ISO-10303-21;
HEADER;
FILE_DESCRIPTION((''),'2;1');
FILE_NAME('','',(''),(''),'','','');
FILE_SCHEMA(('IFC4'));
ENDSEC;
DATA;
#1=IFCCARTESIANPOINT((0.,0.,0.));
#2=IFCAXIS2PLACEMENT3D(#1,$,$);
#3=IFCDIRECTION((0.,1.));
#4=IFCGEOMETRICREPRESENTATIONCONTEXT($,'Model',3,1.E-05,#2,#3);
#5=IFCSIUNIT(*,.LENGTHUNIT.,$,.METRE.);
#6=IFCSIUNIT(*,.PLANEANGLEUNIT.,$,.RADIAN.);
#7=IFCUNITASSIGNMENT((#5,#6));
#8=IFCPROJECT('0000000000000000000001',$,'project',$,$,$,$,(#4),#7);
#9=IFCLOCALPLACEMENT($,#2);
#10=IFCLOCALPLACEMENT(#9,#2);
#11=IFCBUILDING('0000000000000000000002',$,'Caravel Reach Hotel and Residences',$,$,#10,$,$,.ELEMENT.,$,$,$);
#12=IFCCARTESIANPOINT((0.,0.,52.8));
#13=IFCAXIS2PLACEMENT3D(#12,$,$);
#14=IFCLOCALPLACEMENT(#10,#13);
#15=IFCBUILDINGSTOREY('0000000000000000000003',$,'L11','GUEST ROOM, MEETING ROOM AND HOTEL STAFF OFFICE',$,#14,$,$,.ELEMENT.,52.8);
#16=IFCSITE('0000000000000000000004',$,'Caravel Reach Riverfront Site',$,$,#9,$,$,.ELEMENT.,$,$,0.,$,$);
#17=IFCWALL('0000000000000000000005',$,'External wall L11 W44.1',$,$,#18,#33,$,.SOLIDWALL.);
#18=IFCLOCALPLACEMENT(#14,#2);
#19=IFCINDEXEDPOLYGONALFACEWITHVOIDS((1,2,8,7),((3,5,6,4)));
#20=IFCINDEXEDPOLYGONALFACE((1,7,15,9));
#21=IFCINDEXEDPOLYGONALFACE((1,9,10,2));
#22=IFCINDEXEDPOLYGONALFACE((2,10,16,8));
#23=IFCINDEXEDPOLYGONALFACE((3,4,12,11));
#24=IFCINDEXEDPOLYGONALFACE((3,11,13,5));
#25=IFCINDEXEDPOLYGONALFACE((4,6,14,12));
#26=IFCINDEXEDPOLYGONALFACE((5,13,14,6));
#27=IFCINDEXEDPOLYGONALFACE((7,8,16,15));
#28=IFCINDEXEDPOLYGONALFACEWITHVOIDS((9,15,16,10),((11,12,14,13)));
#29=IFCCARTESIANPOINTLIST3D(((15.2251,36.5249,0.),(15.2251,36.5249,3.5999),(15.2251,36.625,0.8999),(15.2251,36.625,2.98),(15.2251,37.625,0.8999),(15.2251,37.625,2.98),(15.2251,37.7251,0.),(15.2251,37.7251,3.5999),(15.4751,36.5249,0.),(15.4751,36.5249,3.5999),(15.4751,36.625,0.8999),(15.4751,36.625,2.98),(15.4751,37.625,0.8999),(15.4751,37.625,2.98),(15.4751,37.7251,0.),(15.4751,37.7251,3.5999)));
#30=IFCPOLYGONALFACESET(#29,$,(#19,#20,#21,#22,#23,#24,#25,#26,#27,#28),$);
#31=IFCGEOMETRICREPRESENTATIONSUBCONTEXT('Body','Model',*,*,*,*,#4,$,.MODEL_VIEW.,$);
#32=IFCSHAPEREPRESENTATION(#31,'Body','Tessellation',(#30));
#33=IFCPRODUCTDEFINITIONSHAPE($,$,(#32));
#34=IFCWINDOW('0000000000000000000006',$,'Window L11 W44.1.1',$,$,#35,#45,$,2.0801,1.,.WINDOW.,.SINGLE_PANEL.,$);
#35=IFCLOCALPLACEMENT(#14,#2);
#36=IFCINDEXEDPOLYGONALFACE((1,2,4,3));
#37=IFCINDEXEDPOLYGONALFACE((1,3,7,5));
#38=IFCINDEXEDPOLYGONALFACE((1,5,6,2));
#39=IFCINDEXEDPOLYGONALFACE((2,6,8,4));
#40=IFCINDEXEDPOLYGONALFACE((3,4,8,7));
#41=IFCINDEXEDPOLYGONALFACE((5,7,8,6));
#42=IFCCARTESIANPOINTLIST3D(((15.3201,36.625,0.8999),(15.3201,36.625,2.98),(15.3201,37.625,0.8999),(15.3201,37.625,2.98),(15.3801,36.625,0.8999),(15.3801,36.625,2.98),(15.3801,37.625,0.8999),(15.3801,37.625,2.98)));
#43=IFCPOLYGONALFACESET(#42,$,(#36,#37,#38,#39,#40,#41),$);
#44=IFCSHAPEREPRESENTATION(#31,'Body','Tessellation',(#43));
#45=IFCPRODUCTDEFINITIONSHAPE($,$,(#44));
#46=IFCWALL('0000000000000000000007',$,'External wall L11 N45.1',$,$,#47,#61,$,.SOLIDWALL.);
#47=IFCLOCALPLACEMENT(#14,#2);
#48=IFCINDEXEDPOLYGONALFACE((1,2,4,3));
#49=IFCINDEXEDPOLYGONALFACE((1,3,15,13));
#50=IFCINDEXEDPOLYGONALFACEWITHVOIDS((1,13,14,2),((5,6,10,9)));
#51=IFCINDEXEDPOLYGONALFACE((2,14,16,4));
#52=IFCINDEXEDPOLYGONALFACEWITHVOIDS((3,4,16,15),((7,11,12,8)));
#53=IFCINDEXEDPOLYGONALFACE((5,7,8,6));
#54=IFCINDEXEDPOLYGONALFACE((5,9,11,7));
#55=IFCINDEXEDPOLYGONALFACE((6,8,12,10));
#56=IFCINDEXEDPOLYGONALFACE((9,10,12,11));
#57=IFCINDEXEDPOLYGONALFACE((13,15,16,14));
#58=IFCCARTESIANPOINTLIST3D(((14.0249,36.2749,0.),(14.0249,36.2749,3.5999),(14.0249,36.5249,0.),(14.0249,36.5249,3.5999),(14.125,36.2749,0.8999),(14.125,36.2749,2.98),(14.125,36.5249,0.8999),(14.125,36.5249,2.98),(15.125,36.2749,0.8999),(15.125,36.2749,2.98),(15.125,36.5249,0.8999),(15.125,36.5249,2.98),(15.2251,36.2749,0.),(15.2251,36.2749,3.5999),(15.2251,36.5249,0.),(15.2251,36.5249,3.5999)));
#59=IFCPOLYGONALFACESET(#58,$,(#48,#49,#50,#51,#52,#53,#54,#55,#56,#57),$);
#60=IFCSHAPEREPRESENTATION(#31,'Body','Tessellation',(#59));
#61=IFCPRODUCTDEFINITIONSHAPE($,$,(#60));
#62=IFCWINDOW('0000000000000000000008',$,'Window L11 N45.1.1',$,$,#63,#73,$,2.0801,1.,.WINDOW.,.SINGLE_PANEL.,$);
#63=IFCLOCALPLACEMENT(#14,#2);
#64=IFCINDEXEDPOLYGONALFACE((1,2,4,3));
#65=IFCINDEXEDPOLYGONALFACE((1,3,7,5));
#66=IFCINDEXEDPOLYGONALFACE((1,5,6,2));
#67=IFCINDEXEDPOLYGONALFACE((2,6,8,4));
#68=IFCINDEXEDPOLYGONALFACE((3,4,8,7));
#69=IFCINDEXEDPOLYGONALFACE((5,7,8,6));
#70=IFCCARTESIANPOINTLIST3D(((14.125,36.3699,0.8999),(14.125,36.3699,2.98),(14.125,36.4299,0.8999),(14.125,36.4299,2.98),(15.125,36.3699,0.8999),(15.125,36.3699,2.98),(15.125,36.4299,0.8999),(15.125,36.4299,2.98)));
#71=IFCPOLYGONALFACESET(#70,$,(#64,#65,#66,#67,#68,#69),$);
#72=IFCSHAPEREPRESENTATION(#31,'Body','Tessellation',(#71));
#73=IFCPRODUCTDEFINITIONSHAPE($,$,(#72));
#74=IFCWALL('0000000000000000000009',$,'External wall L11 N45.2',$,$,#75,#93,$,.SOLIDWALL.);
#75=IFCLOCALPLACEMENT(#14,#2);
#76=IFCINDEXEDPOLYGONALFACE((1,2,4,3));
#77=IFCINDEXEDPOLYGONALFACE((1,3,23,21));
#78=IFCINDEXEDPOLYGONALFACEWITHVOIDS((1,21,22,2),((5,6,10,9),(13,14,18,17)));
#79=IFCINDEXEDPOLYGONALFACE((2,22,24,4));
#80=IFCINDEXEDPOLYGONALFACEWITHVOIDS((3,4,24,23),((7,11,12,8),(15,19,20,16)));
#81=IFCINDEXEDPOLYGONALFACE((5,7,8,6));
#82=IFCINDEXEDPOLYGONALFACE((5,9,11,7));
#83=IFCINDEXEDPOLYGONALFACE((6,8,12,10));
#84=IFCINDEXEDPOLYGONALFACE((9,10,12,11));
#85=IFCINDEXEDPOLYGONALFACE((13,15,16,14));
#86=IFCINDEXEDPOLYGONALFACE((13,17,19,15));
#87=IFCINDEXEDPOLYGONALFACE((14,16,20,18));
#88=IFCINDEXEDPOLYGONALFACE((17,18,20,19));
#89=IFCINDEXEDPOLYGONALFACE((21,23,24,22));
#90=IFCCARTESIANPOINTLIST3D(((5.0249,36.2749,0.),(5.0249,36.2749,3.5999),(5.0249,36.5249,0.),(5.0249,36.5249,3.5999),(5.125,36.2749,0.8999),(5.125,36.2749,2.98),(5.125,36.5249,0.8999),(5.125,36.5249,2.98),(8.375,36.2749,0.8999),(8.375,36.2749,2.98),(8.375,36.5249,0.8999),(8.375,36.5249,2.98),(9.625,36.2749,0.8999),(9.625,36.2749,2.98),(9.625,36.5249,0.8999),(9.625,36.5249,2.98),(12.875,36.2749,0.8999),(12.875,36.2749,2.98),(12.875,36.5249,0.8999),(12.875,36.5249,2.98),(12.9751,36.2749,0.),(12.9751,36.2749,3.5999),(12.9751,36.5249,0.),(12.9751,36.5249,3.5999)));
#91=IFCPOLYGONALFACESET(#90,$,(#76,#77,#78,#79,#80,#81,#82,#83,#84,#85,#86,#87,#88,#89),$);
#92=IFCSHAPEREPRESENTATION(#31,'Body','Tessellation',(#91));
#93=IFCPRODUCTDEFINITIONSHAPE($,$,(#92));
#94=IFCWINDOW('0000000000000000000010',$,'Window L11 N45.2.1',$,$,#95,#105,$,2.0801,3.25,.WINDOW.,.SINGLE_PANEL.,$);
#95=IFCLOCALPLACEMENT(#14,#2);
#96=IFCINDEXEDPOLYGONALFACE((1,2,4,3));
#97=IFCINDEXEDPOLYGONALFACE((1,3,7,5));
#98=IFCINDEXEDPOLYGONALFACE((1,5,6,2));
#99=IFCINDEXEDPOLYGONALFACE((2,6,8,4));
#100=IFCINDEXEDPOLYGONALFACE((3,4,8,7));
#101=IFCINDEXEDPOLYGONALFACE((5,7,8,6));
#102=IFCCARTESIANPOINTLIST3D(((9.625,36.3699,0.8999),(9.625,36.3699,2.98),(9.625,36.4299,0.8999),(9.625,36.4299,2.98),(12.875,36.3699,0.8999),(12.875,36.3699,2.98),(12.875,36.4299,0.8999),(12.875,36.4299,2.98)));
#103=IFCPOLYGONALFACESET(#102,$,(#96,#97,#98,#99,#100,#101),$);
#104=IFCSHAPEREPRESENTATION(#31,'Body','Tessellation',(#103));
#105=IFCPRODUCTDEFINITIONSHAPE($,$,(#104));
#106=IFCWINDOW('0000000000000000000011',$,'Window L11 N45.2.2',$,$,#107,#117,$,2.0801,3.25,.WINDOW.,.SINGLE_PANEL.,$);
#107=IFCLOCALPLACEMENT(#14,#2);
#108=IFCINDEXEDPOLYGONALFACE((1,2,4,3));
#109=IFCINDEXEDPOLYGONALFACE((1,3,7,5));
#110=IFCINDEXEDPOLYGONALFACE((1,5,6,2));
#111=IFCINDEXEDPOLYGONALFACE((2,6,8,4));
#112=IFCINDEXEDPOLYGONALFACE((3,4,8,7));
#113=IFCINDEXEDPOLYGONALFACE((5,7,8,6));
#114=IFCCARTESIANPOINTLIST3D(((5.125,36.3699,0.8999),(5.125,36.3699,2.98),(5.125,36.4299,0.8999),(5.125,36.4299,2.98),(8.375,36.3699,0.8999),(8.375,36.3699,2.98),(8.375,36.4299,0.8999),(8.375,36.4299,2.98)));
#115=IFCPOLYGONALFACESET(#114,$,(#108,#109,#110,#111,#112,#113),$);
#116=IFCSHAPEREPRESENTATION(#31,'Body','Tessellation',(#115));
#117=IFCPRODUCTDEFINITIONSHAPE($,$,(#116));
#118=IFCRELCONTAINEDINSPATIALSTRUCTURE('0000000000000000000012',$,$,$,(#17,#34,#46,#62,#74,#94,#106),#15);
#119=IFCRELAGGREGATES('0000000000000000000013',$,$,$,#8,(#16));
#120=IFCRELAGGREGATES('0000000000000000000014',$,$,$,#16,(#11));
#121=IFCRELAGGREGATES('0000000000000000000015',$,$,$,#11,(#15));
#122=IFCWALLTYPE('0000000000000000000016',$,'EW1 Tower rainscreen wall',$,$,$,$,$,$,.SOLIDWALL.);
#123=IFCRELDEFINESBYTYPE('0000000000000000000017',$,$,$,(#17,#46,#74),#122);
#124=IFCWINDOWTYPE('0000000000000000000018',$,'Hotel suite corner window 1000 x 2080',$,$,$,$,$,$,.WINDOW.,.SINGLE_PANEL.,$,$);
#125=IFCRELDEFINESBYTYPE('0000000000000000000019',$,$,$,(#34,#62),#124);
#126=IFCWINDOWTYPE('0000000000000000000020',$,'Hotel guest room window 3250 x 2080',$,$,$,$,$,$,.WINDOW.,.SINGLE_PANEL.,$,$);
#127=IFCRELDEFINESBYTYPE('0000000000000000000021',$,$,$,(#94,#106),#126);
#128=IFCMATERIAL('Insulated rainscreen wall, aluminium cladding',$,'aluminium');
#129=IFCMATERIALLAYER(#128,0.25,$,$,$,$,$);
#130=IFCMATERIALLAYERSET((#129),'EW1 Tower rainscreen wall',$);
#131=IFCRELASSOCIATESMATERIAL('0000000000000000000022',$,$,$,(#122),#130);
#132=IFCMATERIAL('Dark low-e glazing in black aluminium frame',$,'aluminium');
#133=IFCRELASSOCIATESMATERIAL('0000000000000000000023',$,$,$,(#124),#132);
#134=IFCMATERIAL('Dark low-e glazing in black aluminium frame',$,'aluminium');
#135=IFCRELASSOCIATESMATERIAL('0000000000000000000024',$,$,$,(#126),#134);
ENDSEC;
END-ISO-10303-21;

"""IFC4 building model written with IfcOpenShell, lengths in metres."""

from ifc_helpers import new_model, si_unit, direction, frame, frame_2d, origin, place, context, subcontext, project, spatial, rectangle, extrude, material, layer, layer_set, type_object, element, fill, save


model = new_model("IFC4")

# Units and contexts
model_context = context("Model", 3, precision=1e-05, world=origin(), true_north=direction((0.0, 1.0)))
body_context = subcontext(model_context, "Body", "Model", "MODEL_VIEW")
ifc_project = project(units=[si_unit("LENGTHUNIT", "METRE"), si_unit("PLANEANGLEUNIT", "RADIAN")], contexts=[model_context])

# Site, building, storey
site_placement = place(None, origin())
site = spatial("IfcSite", under=ifc_project, at=site_placement, Name="Caravel Reach Riverfront Site", CompositionType="ELEMENT", RefElevation=0.0)
building_placement = place(site_placement, origin())
building = spatial("IfcBuilding", under=site, at=building_placement, Name="Caravel Reach Hotel and Residences", CompositionType="ELEMENT")
storey_placement = place(building_placement, frame((0.0, 0.0, 52.8)))
storey = spatial("IfcBuildingStorey", under=building, at=storey_placement, Name="L11", Description="GUEST ROOM, MEETING ROOM AND HOTEL STAFF OFFICE", CompositionType="ELEMENT", Elevation=52.8)

# Walls, openings, windows
ifc_material_1 = material(Name="Insulated rainscreen wall, aluminium cladding", Category="aluminium")
ifc_layer = layer(ifc_material_1, 0.25)
ifc_layer_set = layer_set([ifc_layer], Name="EW1 Tower rainscreen wall")
wall_type = type_object("IfcWallType", Name="EW1 Tower rainscreen wall", PredefinedType="SOLIDWALL", material=ifc_layer_set)
ifc_material_2 = material(Name="Dark low-e glazing in black aluminium frame", Category="aluminium")
window_type_1 = type_object("IfcWindowType", Name="Hotel suite corner window 1000 x 2080", PartitioningType="SINGLE_PANEL", PredefinedType="WINDOW", material=ifc_material_2)
wall_1_placement = place(storey_placement, frame((15.3501, 37.7251, 0.0), z_axis=(0.0, 0.0, 1.0), x_axis=(0.0, -1.0, 0.0)))
wall_1 = element("IfcWall", 1, at=wall_1_placement, inside=storey, type_object=wall_type, Name="External wall L11 W44.1", PredefinedType="SOLIDWALL", context=body_context, shape_type="SweptSolid", body=[
    extrude(rectangle(XDim=1.2002, YDim=0.25, at=frame_2d((0.6001, 0.0))), origin(), (0.0, 0.0, 1.0), 3.5999),
])
opening_1_placement = place(wall_1_placement, frame((0.1001, 0.0, 0.8999)))
opening_1 = element("IfcOpeningElement", 2, at=opening_1_placement, cuts=wall_1, PredefinedType="OPENING", context=body_context, shape_type="SweptSolid", body=[
    extrude(rectangle(XDim=1.0, YDim=2.0801, at=frame_2d((0.5, 1.04))), frame((0.0, 0.135, 0.0), z_axis=(0.0, -1.0, 0.0), x_axis=(1.0, 0.0, 0.0)), (0.0, 0.0, 1.0), 0.27),
])
window_1_placement = place(opening_1_placement, origin())
window_1 = element("IfcWindow", 3, at=window_1_placement, inside=storey, type_object=window_type_1, Name="Window L11 W44.1.1", OverallHeight=2.0801, OverallWidth=1.0, PartitioningType="SINGLE_PANEL", PredefinedType="WINDOW", context=body_context, shape_type="SweptSolid", body=[
    extrude(rectangle(XDim=1.0, YDim=2.0801, at=frame_2d((0.5, 1.04))), frame((0.0, 0.03, 0.0), z_axis=(0.0, -1.0, 0.0), x_axis=(1.0, 0.0, 0.0)), (0.0, 0.0, 1.0), 0.0601),
])
fill(opening_1, window_1)
wall_2_placement = place(storey_placement, frame((15.2251, 36.3999, 0.0), z_axis=(0.0, 0.0, 1.0), x_axis=(-1.0, 0.0, 0.0)))
wall_2 = element("IfcWall", 4, at=wall_2_placement, inside=storey, type_object=wall_type, Name="External wall L11 N45.1", PredefinedType="SOLIDWALL", context=body_context, shape_type="SweptSolid", body=[
    extrude(rectangle(XDim=1.2002, YDim=0.25, at=frame_2d((0.6001, 0.0))), origin(), (0.0, 0.0, 1.0), 3.5999),
])
opening_2_placement = place(wall_2_placement, frame((0.1001, 0.0, 0.8999)))
opening_2 = element("IfcOpeningElement", 5, at=opening_2_placement, cuts=wall_2, PredefinedType="OPENING", context=body_context, shape_type="SweptSolid", body=[
    extrude(rectangle(XDim=1.0, YDim=2.0801, at=frame_2d((0.5, 1.04))), frame((0.0, 0.135, 0.0), z_axis=(0.0, -1.0, 0.0), x_axis=(1.0, 0.0, 0.0)), (0.0, 0.0, 1.0), 0.27),
])
window_2_placement = place(opening_2_placement, origin())
window_2 = element("IfcWindow", 6, at=window_2_placement, inside=storey, type_object=window_type_1, Name="Window L11 N45.1.1", OverallHeight=2.0801, OverallWidth=1.0, PartitioningType="SINGLE_PANEL", PredefinedType="WINDOW", context=body_context, shape_type="SweptSolid", body=[
    extrude(rectangle(XDim=1.0, YDim=2.0801, at=frame_2d((0.5, 1.04))), frame((0.0, 0.03, 0.0), z_axis=(0.0, -1.0, 0.0), x_axis=(1.0, 0.0, 0.0)), (0.0, 0.0, 1.0), 0.0601),
])
fill(opening_2, window_2)

# Wall, openings, windows
wall_3_placement = place(storey_placement, frame((12.9751, 36.3999, 0.0), z_axis=(0.0, 0.0, 1.0), x_axis=(-1.0, 0.0, 0.0)))
wall_3 = element("IfcWall", 7, at=wall_3_placement, inside=storey, type_object=wall_type, Name="External wall L11 N45.2", PredefinedType="SOLIDWALL", context=body_context, shape_type="SweptSolid", body=[
    extrude(rectangle(XDim=7.9502, YDim=0.25, at=frame_2d((3.9751, 0.0))), origin(), (0.0, 0.0, 1.0), 3.5999),
])
opening_3_placement = place(wall_3_placement, frame((0.1001, 0.0, 0.8999)))
opening_3 = element("IfcOpeningElement", 8, at=opening_3_placement, cuts=wall_3, PredefinedType="OPENING", context=body_context, shape_type="SweptSolid", body=[
    extrude(rectangle(XDim=3.25, YDim=2.0801, at=frame_2d((1.625, 1.04))), frame((0.0, 0.135, 0.0), z_axis=(0.0, -1.0, 0.0), x_axis=(1.0, 0.0, 0.0)), (0.0, 0.0, 1.0), 0.27),
])
opening_4_placement = place(wall_3_placement, frame((4.6001, 0.0, 0.8999)))
opening_4 = element("IfcOpeningElement", 9, at=opening_4_placement, cuts=wall_3, PredefinedType="OPENING", context=body_context, shape_type="SweptSolid", body=[
    extrude(rectangle(XDim=3.25, YDim=2.0801, at=frame_2d((1.625, 1.04))), frame((0.0, 0.135, 0.0), z_axis=(0.0, -1.0, 0.0), x_axis=(1.0, 0.0, 0.0)), (0.0, 0.0, 1.0), 0.27),
])
ifc_material_3 = material(Name="Dark low-e glazing in black aluminium frame", Category="aluminium")
window_type_2 = type_object("IfcWindowType", Name="Hotel guest room window 3250 x 2080", PartitioningType="SINGLE_PANEL", PredefinedType="WINDOW", material=ifc_material_3)
window_3_placement = place(opening_3_placement, origin())
window_3 = element("IfcWindow", 10, at=window_3_placement, inside=storey, type_object=window_type_2, Name="Window L11 N45.2.1", OverallHeight=2.0801, OverallWidth=3.25, PartitioningType="SINGLE_PANEL", PredefinedType="WINDOW", context=body_context, shape_type="SweptSolid", body=[
    extrude(rectangle(XDim=3.25, YDim=2.0801, at=frame_2d((1.625, 1.04))), frame((0.0, 0.03, 0.0), z_axis=(0.0, -1.0, 0.0), x_axis=(1.0, 0.0, 0.0)), (0.0, 0.0, 1.0), 0.0601),
])
fill(opening_3, window_3)
window_4_placement = place(opening_4_placement, origin())
window_4 = element("IfcWindow", 11, at=window_4_placement, inside=storey, type_object=window_type_2, Name="Window L11 N45.2.2", OverallHeight=2.0801, OverallWidth=3.25, PartitioningType="SINGLE_PANEL", PredefinedType="WINDOW", context=body_context, shape_type="SweptSolid", body=[
    extrude(rectangle(XDim=3.25, YDim=2.0801, at=frame_2d((1.625, 1.04))), frame((0.0, 0.03, 0.0), z_axis=(0.0, -1.0, 0.0), x_axis=(1.0, 0.0, 0.0)), (0.0, 0.0, 1.0), 0.0601),
])
fill(opening_4, window_4)

save(model, "model.ifc")
